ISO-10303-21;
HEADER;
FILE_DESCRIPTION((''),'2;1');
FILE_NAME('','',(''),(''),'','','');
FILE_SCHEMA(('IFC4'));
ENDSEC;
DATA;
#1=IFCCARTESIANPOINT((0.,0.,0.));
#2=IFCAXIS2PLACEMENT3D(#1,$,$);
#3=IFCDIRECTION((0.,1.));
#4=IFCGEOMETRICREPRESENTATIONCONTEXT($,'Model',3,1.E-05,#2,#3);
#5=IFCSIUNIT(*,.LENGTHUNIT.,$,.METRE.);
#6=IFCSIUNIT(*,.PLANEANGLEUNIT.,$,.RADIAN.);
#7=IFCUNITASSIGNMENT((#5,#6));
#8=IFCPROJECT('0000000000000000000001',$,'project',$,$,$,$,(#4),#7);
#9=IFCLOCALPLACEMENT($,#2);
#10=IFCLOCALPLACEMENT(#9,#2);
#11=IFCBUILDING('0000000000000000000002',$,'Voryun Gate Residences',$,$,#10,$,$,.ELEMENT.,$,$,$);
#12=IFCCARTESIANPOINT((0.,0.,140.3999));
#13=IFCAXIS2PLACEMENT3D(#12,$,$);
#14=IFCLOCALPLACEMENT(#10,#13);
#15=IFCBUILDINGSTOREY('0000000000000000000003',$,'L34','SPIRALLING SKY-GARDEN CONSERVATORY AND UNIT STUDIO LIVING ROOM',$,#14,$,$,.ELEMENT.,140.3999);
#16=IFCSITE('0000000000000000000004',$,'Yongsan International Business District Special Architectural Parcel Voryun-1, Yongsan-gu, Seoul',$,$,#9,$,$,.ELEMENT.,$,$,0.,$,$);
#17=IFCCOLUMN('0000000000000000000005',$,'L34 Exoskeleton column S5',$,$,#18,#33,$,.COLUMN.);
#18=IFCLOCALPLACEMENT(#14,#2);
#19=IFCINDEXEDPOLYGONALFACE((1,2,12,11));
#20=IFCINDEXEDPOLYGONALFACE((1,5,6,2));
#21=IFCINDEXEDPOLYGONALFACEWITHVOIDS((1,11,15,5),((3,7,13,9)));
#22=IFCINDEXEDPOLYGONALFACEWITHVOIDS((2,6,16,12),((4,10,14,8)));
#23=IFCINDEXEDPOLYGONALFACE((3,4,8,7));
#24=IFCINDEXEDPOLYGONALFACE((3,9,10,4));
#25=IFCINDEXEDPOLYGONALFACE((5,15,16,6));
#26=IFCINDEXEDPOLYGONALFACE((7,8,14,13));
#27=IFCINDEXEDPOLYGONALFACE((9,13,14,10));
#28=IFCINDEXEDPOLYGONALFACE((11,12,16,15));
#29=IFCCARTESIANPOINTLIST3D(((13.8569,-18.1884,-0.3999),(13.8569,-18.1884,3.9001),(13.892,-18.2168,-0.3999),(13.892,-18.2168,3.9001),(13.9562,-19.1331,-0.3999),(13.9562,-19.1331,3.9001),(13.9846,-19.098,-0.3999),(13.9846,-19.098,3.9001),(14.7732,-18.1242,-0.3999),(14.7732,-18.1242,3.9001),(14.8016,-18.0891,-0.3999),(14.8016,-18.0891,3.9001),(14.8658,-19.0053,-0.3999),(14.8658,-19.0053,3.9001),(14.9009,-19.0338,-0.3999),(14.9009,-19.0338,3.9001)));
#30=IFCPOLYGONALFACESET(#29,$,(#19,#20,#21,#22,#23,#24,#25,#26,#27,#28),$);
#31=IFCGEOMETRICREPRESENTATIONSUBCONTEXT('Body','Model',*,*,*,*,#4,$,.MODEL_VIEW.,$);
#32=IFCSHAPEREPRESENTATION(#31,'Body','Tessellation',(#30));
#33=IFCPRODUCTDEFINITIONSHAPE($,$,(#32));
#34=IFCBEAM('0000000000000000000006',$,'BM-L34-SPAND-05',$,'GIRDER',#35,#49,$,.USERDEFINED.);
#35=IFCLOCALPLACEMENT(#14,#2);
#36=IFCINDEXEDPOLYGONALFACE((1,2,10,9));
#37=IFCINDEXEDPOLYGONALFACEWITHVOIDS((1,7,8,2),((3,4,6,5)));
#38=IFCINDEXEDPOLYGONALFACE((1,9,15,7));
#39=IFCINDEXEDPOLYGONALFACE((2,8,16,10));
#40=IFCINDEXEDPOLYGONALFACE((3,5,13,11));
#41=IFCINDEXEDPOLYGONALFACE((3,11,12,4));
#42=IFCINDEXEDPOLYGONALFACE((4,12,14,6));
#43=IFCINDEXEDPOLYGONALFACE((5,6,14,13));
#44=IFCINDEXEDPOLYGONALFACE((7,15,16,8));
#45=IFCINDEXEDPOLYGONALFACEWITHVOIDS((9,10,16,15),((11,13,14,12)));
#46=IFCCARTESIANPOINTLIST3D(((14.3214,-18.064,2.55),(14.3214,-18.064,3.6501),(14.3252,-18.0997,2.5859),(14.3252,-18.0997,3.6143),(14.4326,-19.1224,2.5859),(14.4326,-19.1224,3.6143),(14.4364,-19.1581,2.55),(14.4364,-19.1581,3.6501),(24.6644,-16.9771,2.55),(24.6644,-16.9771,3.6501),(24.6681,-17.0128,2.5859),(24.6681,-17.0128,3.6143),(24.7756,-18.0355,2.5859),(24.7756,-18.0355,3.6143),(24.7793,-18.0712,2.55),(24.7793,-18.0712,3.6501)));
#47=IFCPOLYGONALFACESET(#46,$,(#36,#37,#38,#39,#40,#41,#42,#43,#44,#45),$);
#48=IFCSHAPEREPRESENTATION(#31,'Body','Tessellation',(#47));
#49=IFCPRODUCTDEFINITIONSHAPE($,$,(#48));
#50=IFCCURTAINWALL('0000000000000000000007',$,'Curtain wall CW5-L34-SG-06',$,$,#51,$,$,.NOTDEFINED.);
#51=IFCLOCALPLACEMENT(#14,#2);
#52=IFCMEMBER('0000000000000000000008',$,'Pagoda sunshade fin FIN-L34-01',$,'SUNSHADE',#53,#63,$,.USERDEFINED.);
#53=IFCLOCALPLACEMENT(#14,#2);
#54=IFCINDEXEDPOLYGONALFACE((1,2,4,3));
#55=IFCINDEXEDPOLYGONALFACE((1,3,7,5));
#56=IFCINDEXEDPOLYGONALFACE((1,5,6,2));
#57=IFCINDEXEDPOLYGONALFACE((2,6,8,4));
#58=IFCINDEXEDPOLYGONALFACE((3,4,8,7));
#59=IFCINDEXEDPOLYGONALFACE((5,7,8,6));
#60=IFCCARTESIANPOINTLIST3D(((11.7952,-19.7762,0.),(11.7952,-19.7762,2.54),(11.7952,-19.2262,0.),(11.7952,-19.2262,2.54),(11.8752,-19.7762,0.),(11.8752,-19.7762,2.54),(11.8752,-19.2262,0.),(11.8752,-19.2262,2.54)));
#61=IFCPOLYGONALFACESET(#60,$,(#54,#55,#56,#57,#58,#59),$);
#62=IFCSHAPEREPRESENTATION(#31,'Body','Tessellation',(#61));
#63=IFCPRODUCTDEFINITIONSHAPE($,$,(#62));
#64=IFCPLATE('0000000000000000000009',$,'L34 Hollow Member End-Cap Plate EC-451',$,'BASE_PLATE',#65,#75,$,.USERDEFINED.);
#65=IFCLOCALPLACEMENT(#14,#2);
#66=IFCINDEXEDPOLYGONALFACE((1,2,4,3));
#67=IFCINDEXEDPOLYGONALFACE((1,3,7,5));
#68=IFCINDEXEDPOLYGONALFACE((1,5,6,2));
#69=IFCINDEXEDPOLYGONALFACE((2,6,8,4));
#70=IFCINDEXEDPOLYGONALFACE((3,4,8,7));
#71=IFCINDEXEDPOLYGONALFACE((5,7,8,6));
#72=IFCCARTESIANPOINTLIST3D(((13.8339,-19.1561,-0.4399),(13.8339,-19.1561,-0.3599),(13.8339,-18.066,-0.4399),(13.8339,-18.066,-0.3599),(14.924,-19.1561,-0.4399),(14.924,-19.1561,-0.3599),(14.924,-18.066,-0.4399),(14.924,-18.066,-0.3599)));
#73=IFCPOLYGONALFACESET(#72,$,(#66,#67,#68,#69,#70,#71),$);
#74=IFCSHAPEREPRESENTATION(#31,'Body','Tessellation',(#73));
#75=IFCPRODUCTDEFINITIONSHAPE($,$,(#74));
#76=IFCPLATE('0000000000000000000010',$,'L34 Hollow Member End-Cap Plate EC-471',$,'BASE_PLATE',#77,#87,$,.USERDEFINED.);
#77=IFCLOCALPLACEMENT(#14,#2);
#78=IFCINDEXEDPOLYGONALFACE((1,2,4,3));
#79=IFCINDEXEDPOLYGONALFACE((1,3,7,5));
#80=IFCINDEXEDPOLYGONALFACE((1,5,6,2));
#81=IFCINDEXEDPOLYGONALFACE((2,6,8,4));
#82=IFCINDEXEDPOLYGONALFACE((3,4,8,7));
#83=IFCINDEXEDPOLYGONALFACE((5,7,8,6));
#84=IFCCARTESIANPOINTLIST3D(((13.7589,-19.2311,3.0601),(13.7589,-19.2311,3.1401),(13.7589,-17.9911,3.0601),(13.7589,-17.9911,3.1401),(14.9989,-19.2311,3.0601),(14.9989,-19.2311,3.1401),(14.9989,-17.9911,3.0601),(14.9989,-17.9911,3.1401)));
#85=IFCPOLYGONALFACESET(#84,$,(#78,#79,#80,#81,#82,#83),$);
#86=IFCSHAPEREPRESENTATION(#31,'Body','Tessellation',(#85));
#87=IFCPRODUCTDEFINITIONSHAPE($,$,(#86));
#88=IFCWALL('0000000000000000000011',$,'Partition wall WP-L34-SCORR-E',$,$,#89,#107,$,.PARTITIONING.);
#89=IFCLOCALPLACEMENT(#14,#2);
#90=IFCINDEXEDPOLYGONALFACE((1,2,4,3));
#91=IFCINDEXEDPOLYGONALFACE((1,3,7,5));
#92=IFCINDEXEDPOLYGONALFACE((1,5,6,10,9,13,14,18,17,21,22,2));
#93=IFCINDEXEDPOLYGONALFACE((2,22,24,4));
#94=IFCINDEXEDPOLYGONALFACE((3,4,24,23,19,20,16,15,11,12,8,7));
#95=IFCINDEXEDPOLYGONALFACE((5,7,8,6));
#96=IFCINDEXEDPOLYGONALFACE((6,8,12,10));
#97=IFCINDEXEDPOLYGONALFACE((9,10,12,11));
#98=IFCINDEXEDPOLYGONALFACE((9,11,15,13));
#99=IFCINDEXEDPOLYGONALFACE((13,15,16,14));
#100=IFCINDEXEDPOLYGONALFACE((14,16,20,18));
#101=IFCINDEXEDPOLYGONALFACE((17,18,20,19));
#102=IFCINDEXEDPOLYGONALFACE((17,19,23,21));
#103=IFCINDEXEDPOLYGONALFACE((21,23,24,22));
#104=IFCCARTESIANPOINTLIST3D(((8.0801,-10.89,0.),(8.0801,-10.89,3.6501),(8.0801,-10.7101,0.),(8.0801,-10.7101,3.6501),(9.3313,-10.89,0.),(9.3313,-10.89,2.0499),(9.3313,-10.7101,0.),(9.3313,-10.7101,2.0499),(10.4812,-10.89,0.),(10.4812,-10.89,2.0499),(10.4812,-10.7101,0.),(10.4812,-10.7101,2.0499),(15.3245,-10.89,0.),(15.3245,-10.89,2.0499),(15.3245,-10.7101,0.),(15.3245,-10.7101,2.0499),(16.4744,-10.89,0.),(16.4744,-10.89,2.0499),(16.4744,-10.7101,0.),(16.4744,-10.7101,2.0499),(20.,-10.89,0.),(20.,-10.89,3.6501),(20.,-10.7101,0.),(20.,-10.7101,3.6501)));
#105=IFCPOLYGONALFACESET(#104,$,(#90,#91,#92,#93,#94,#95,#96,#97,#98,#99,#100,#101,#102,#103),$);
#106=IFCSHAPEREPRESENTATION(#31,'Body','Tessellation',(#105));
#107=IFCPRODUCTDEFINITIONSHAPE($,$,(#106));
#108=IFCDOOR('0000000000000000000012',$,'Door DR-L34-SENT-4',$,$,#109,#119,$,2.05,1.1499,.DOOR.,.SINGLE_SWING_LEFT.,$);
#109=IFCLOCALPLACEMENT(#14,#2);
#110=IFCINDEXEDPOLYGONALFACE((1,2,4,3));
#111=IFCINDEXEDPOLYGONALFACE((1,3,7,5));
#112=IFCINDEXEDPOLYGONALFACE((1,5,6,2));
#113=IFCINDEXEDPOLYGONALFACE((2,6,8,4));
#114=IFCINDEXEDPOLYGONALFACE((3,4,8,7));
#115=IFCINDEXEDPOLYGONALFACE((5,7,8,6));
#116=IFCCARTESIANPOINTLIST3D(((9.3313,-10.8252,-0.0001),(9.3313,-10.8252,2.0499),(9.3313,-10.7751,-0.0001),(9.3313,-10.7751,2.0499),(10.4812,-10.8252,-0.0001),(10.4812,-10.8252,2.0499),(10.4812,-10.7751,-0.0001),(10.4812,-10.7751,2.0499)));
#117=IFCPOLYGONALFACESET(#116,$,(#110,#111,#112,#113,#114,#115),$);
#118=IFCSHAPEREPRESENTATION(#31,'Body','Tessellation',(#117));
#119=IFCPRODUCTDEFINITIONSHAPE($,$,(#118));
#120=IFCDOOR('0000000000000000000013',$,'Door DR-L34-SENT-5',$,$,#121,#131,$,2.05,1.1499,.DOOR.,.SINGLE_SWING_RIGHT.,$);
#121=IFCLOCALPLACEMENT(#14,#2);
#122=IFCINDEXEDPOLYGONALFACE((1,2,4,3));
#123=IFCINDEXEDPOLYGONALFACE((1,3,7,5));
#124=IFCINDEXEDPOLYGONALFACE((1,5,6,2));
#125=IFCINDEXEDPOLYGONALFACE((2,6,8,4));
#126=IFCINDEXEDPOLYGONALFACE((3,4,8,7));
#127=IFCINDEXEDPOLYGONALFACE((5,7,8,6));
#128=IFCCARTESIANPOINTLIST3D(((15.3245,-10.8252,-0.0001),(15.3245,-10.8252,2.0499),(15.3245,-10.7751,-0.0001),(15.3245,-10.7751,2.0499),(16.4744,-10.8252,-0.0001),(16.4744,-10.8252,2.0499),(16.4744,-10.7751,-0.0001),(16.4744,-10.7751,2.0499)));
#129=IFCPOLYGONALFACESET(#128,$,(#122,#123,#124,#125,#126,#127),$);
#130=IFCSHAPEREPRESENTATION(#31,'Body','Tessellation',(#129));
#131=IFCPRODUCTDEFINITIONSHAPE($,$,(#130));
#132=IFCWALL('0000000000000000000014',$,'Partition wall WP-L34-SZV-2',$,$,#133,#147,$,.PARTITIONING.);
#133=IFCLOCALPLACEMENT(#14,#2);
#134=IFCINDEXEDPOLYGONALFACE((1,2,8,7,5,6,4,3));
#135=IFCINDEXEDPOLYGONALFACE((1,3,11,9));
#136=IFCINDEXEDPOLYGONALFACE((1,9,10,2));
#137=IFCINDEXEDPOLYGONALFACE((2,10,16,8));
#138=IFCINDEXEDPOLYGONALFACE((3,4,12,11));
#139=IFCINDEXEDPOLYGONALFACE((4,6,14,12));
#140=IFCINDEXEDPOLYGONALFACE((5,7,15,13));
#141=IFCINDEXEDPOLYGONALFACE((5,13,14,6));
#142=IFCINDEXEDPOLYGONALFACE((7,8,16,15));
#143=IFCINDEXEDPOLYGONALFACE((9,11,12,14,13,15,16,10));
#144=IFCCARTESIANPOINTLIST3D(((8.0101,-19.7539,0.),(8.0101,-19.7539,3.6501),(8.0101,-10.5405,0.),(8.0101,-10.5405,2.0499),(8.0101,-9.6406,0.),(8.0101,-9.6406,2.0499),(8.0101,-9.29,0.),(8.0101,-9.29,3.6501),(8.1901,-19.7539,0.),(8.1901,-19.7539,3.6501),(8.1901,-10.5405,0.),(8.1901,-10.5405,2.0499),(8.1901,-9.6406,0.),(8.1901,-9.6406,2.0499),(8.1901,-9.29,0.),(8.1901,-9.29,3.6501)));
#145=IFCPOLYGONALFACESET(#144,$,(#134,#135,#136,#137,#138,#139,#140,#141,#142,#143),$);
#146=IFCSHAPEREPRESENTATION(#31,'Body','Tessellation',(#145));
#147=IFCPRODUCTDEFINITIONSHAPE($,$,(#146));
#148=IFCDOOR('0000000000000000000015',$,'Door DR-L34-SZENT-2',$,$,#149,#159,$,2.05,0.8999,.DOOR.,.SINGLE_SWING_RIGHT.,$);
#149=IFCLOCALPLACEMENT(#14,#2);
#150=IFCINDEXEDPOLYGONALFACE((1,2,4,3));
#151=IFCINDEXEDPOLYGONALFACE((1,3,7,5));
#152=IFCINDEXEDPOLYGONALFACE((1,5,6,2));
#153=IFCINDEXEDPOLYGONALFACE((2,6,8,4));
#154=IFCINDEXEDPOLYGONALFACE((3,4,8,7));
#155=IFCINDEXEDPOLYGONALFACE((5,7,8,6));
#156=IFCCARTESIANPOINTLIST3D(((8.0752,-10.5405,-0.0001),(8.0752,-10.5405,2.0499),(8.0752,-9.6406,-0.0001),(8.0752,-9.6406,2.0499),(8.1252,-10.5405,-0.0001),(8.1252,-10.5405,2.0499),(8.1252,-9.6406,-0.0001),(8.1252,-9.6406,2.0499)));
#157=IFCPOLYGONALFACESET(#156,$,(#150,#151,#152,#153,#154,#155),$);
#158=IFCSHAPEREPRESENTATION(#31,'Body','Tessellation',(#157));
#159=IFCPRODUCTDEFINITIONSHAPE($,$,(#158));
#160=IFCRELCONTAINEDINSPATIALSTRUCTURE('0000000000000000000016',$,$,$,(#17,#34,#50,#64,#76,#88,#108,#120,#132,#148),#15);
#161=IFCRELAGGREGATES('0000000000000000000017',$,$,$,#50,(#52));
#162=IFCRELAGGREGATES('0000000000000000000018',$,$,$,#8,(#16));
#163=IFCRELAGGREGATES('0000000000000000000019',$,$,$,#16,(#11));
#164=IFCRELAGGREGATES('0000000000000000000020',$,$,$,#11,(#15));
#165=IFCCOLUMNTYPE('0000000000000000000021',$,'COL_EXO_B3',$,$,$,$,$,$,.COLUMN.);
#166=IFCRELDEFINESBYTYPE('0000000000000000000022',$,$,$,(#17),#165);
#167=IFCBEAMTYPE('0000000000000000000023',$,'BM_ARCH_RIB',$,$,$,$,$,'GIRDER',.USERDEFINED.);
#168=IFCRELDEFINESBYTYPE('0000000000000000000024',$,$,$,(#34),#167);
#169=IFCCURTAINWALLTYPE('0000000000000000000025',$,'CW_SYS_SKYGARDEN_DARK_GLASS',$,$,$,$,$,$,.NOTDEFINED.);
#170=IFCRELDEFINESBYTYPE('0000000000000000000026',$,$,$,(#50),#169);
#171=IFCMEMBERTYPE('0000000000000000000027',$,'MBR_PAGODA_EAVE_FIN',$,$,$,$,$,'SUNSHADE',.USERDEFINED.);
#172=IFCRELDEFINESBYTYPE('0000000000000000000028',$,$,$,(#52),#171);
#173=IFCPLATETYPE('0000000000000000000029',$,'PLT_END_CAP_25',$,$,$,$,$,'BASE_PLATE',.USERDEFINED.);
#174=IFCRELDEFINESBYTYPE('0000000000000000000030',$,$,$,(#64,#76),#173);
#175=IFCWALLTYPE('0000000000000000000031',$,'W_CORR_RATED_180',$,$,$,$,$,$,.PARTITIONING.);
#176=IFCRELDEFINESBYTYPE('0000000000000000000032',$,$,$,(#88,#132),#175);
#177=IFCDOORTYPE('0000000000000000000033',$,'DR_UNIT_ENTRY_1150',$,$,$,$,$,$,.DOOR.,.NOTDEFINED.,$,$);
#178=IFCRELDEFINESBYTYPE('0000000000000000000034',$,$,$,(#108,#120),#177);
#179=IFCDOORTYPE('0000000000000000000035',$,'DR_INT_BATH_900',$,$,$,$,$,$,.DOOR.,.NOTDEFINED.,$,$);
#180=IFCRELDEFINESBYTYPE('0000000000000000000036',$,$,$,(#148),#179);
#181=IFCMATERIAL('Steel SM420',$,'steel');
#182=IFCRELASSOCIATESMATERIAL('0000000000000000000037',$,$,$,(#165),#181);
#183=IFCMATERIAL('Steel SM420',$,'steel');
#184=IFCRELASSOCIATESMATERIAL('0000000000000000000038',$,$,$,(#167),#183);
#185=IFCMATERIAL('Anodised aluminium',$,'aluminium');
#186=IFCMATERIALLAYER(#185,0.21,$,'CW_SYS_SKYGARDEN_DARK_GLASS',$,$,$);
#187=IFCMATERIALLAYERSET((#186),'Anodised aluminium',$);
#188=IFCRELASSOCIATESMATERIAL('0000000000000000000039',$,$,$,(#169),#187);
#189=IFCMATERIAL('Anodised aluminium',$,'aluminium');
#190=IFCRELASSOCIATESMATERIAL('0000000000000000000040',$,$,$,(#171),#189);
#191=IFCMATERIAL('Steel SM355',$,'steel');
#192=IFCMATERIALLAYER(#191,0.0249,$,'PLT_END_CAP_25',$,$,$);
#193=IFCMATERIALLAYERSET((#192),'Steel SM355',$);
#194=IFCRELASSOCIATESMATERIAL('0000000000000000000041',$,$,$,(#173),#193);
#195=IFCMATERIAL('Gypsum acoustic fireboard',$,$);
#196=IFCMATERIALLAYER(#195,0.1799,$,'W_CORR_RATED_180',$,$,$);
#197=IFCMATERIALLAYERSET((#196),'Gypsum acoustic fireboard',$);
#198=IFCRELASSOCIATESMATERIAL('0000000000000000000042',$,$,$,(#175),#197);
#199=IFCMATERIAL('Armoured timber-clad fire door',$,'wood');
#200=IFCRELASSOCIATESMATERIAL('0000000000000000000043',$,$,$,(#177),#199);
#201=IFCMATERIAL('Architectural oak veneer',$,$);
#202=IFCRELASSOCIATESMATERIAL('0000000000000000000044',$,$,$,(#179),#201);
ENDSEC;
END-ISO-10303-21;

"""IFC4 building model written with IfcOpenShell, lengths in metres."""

from ifc_helpers import new_model, si_unit, direction, frame, frame_2d, origin, origin_2d, place, context, subcontext, project, spatial, rectangle, hollow_rectangle, extrude, material, layer, layer_set, material_profile, profile_set, type_object, element, fill, aggregate, save


model = new_model("IFC4")

# Units and contexts
model_context = context("Model", 3, precision=1e-05, world=origin(), true_north=direction((0.0, 1.0)))
body_context = subcontext(model_context, "Body", "Model", "MODEL_VIEW")
ifc_project = project(units=[si_unit("LENGTHUNIT", "METRE"), si_unit("PLANEANGLEUNIT", "RADIAN")], contexts=[model_context])

# Site, building, storey
site_placement = place(None, origin())
site = spatial("IfcSite", under=ifc_project, at=site_placement, Name="Yongsan International Business District Special Architectural Parcel Voryun-1, Yongsan-gu, Seoul", CompositionType="ELEMENT", RefElevation=0.0)
building_placement = place(site_placement, origin())
building = spatial("IfcBuilding", under=site, at=building_placement, Name="Voryun Gate Residences", CompositionType="ELEMENT")
storey_placement = place(building_placement, frame((0.0, 0.0, 140.3999)))
storey = spatial("IfcBuildingStorey", under=building, at=storey_placement, Name="L34", Description="SPIRALLING SKY-GARDEN CONSERVATORY AND UNIT STUDIO LIVING ROOM", CompositionType="ELEMENT", Elevation=140.3999)

# Column
ifc_material_1 = material(Name="Steel SM420", Category="steel")
ifc_material_profile_1 = material_profile(ifc_material_1, hollow_rectangle(XDim=0.95, YDim=0.95, WallThickness=0.032, at=origin_2d()), Name="BOX-950x950x32")
ifc_profile_set_1 = profile_set([ifc_material_profile_1], Name="Steel SM420")
column_type = type_object("IfcColumnType", Name="COL_EXO_B3", PredefinedType="COLUMN", material=ifc_profile_set_1)
column_placement = place(storey_placement, frame((14.3789, -18.6111, -0.3999), z_axis=(0.0, 0.0, 1.0), x_axis=(0.994522, 0.104528, 0.0)))
element("IfcColumn", 1, at=column_placement, inside=storey, type_object=column_type, Name="L34 Exoskeleton column S5", PredefinedType="COLUMN", context=body_context, shape_type="SweptSolid", body=[
    extrude(hollow_rectangle(XDim=0.95, YDim=0.95, WallThickness=0.032, at=origin_2d()), origin(), (0.0, 0.0, 1.0), 4.3),
])

# Beam
ifc_material_2 = material(Name="Steel SM420", Category="steel")
ifc_material_profile_2 = material_profile(ifc_material_2, hollow_rectangle(XDim=1.1001, YDim=1.1001, WallThickness=0.0359, at=origin_2d()), Name="BOX-1100x1100x36")
ifc_profile_set_2 = profile_set([ifc_material_profile_2], Name="Steel SM420")
beam_type = type_object("IfcBeamType", Name="BM_ARCH_RIB", ElementType="GIRDER", PredefinedType="USERDEFINED", material=ifc_profile_set_2)
beam_placement = place(storey_placement, frame((14.3789, -18.6111, 3.1001), z_axis=(0.994524, 0.104511, 0.0), x_axis=(-0.104511, 0.994524, 0.0)))
element("IfcBeam", 2, at=beam_placement, inside=storey, type_object=beam_type, Name="BM-L34-SPAND-05", ObjectType="GIRDER", PredefinedType="USERDEFINED", context=body_context, shape_type="SweptSolid", body=[
    extrude(hollow_rectangle(XDim=1.1001, YDim=1.1001, WallThickness=0.0359, at=origin_2d()), origin(), (0.0, 0.0, 1.0), 10.3999),
])

# Curtain wall, member
ifc_material_3 = material(Name="Anodised aluminium", Category="aluminium")
ifc_layer_1 = layer(ifc_material_3, 0.21, Name="CW_SYS_SKYGARDEN_DARK_GLASS")
ifc_layer_set_1 = layer_set([ifc_layer_1], Name="Anodised aluminium")
curtain_wall_type = type_object("IfcCurtainWallType", Name="CW_SYS_SKYGARDEN_DARK_GLASS", PredefinedType="NOTDEFINED", material=ifc_layer_set_1)
curtain_wall_placement = place(storey_placement, origin())
curtain_wall = element("IfcCurtainWall", 3, at=curtain_wall_placement, inside=storey, type_object=curtain_wall_type, Name="Curtain wall CW5-L34-SG-06", PredefinedType="NOTDEFINED")
ifc_material_4 = material(Name="Anodised aluminium", Category="aluminium")
ifc_material_profile_3 = material_profile(ifc_material_4, rectangle(XDim=0.0801, YDim=0.55, at=origin_2d()), Name="ALU-EAVE-80x550")
ifc_profile_set_3 = profile_set([ifc_material_profile_3], Name="Anodised aluminium")
member_type = type_object("IfcMemberType", Name="MBR_PAGODA_EAVE_FIN", ElementType="SUNSHADE", PredefinedType="USERDEFINED", material=ifc_profile_set_3)
member_placement = place(storey_placement, frame((11.8352, -19.5012, 0.0), z_axis=(0.0, 0.0, 1.0), x_axis=(1.0, 0.0, 0.0)))
member = element("IfcMember", 4, at=member_placement, type_object=member_type, Name="Pagoda sunshade fin FIN-L34-01", ObjectType="SUNSHADE", PredefinedType="USERDEFINED", context=body_context, shape_type="SweptSolid", body=[
    extrude(rectangle(XDim=0.0801, YDim=0.55, at=origin_2d()), origin(), (0.0, 0.0, 1.0), 2.54),
])
aggregate(curtain_wall, [member])

# Plates
ifc_material_5 = material(Name="Steel SM355", Category="steel")
ifc_layer_2 = layer(ifc_material_5, 0.0249, Name="PLT_END_CAP_25")
ifc_layer_set_2 = layer_set([ifc_layer_2], Name="Steel SM355")
plate_type = type_object("IfcPlateType", Name="PLT_END_CAP_25", ElementType="BASE_PLATE", PredefinedType="USERDEFINED", material=ifc_layer_set_2)
plate_1_placement = place(storey_placement, frame((14.3789, -18.6111, -0.4399), z_axis=(0.0, 0.0, 1.0), x_axis=(1.0, 0.0, 0.0)))
element("IfcPlate", 5, at=plate_1_placement, inside=storey, type_object=plate_type, Name="L34 Hollow Member End-Cap Plate EC-451", ObjectType="BASE_PLATE", PredefinedType="USERDEFINED", context=body_context, shape_type="SweptSolid", body=[
    extrude(rectangle(XDim=1.0901, YDim=1.0901, at=origin_2d()), origin(), (0.0, 0.0, 1.0), 0.0801),
])
plate_2_placement = place(storey_placement, frame((14.3789, -18.6111, 3.0601), z_axis=(0.0, 0.0, 1.0), x_axis=(1.0, 0.0, 0.0)))
element("IfcPlate", 6, at=plate_2_placement, inside=storey, type_object=plate_type, Name="L34 Hollow Member End-Cap Plate EC-471", ObjectType="BASE_PLATE", PredefinedType="USERDEFINED", context=body_context, shape_type="SweptSolid", body=[
    extrude(rectangle(XDim=1.24, YDim=1.24, at=origin_2d()), origin(), (0.0, 0.0, 1.0), 0.0801),
])

# Wall, openings, doors
ifc_material_6 = material(Name="Gypsum acoustic fireboard")
ifc_layer_3 = layer(ifc_material_6, 0.1799, Name="W_CORR_RATED_180")
ifc_layer_set_3 = layer_set([ifc_layer_3], Name="Gypsum acoustic fireboard")
wall_type_1 = type_object("IfcWallType", Name="W_CORR_RATED_180", PredefinedType="PARTITIONING", material=ifc_layer_set_3)
wall_1_placement = place(storey_placement, frame((8.0801, -10.8, 0.0), z_axis=(0.0, 0.0, 1.0), x_axis=(1.0, 0.0, 0.0)))
wall_1 = element("IfcWall", 7, at=wall_1_placement, inside=storey, type_object=wall_type_1, Name="Partition wall WP-L34-SCORR-E", PredefinedType="PARTITIONING", context=body_context, shape_type="SweptSolid", body=[
    extrude(rectangle(XDim=11.9199, YDim=0.1799, at=frame_2d((5.96, 0.0))), origin(), (0.0, 0.0, 1.0), 3.6501),
])
opening_1_placement = place(wall_1_placement, frame((1.2512, 0.0, 0.0)))
opening_1 = element("IfcOpeningElement", 8, at=opening_1_placement, cuts=wall_1, PredefinedType="OPENING", context=body_context, shape_type="SweptSolid", body=[
    extrude(rectangle(XDim=1.1499, YDim=2.05, at=frame_2d((0.575, 1.0249))), frame((0.0, 0.0999, 0.0), z_axis=(0.0, -1.0, 0.0), x_axis=(1.0, 0.0, 0.0)), (0.0, 0.0, 1.0), 0.2),
])
opening_2_placement = place(wall_1_placement, frame((7.2444, 0.0, 0.0)))
opening_2 = element("IfcOpeningElement", 9, at=opening_2_placement, cuts=wall_1, PredefinedType="OPENING", context=body_context, shape_type="SweptSolid", body=[
    extrude(rectangle(XDim=1.1499, YDim=2.05, at=frame_2d((0.575, 1.0249))), frame((0.0, 0.0999, 0.0), z_axis=(0.0, -1.0, 0.0), x_axis=(1.0, 0.0, 0.0)), (0.0, 0.0, 1.0), 0.2),
])
ifc_material_7 = material(Name="Armoured timber-clad fire door", Category="wood")
door_type_1 = type_object("IfcDoorType", Name="DR_UNIT_ENTRY_1150", OperationType="NOTDEFINED", PredefinedType="DOOR", material=ifc_material_7)
door_1_placement = place(opening_1_placement, origin())
door_1 = element("IfcDoor", 10, at=door_1_placement, inside=storey, type_object=door_type_1, Name="Door DR-L34-SENT-4", OperationType="SINGLE_SWING_LEFT", OverallHeight=2.05, OverallWidth=1.1499, PredefinedType="DOOR", context=body_context, shape_type="SweptSolid", body=[
    extrude(rectangle(XDim=1.1499, YDim=2.05, at=frame_2d((0.575, 1.0249))), frame((0.0, 0.0249, 0.0), z_axis=(0.0, -1.0, 0.0), x_axis=(1.0, 0.0, 0.0)), (0.0, 0.0, 1.0), 0.05),
])
fill(opening_1, door_1)
door_2_placement = place(opening_2_placement, origin())
door_2 = element("IfcDoor", 11, at=door_2_placement, inside=storey, type_object=door_type_1, Name="Door DR-L34-SENT-5", OperationType="SINGLE_SWING_RIGHT", OverallHeight=2.05, OverallWidth=1.1499, PredefinedType="DOOR", context=body_context, shape_type="SweptSolid", body=[
    extrude(rectangle(XDim=1.1499, YDim=2.05, at=frame_2d((0.575, 1.0249))), frame((0.0, 0.0249, 0.0), z_axis=(0.0, -1.0, 0.0), x_axis=(1.0, 0.0, 0.0)), (0.0, 0.0, 1.0), 0.05),
])
fill(opening_2, door_2)

# Wall, opening, door
wall_2_placement = place(storey_placement, frame((8.1001, -19.7539, 0.0), z_axis=(0.0, 0.0, 1.0), x_axis=(0.0, 1.0, 0.0)))
wall_2 = element("IfcWall", 12, at=wall_2_placement, inside=storey, type_object=wall_type_1, Name="Partition wall WP-L34-SZV-2", PredefinedType="PARTITIONING", context=body_context, shape_type="SweptSolid", body=[
    extrude(rectangle(XDim=10.4639, YDim=0.1799, at=frame_2d((5.2319, 0.0))), origin(), (0.0, 0.0, 1.0), 3.6501),
])
opening_3_placement = place(wall_2_placement, frame((9.2134, 0.0, 0.0)))
opening_3 = element("IfcOpeningElement", 13, at=opening_3_placement, cuts=wall_2, PredefinedType="OPENING", context=body_context, shape_type="SweptSolid", body=[
    extrude(rectangle(XDim=0.8999, YDim=2.05, at=frame_2d((0.45, 1.0249))), frame((0.0, 0.0999, 0.0), z_axis=(0.0, -1.0, 0.0), x_axis=(1.0, 0.0, 0.0)), (0.0, 0.0, 1.0), 0.2),
])
ifc_material_8 = material(Name="Architectural oak veneer")
door_type_2 = type_object("IfcDoorType", Name="DR_INT_BATH_900", OperationType="NOTDEFINED", PredefinedType="DOOR", material=ifc_material_8)
door_3_placement = place(opening_3_placement, origin())
door_3 = element("IfcDoor", 14, at=door_3_placement, inside=storey, type_object=door_type_2, Name="Door DR-L34-SZENT-2", OperationType="SINGLE_SWING_RIGHT", OverallHeight=2.05, OverallWidth=0.8999, PredefinedType="DOOR", context=body_context, shape_type="SweptSolid", body=[
    extrude(rectangle(XDim=0.8999, YDim=2.05, at=frame_2d((0.45, 1.0249))), frame((0.0, 0.0249, 0.0), z_axis=(0.0, -1.0, 0.0), x_axis=(1.0, 0.0, 0.0)), (0.0, 0.0, 1.0), 0.05),
])
fill(opening_3, door_3)

save(model, "model.ifc")
